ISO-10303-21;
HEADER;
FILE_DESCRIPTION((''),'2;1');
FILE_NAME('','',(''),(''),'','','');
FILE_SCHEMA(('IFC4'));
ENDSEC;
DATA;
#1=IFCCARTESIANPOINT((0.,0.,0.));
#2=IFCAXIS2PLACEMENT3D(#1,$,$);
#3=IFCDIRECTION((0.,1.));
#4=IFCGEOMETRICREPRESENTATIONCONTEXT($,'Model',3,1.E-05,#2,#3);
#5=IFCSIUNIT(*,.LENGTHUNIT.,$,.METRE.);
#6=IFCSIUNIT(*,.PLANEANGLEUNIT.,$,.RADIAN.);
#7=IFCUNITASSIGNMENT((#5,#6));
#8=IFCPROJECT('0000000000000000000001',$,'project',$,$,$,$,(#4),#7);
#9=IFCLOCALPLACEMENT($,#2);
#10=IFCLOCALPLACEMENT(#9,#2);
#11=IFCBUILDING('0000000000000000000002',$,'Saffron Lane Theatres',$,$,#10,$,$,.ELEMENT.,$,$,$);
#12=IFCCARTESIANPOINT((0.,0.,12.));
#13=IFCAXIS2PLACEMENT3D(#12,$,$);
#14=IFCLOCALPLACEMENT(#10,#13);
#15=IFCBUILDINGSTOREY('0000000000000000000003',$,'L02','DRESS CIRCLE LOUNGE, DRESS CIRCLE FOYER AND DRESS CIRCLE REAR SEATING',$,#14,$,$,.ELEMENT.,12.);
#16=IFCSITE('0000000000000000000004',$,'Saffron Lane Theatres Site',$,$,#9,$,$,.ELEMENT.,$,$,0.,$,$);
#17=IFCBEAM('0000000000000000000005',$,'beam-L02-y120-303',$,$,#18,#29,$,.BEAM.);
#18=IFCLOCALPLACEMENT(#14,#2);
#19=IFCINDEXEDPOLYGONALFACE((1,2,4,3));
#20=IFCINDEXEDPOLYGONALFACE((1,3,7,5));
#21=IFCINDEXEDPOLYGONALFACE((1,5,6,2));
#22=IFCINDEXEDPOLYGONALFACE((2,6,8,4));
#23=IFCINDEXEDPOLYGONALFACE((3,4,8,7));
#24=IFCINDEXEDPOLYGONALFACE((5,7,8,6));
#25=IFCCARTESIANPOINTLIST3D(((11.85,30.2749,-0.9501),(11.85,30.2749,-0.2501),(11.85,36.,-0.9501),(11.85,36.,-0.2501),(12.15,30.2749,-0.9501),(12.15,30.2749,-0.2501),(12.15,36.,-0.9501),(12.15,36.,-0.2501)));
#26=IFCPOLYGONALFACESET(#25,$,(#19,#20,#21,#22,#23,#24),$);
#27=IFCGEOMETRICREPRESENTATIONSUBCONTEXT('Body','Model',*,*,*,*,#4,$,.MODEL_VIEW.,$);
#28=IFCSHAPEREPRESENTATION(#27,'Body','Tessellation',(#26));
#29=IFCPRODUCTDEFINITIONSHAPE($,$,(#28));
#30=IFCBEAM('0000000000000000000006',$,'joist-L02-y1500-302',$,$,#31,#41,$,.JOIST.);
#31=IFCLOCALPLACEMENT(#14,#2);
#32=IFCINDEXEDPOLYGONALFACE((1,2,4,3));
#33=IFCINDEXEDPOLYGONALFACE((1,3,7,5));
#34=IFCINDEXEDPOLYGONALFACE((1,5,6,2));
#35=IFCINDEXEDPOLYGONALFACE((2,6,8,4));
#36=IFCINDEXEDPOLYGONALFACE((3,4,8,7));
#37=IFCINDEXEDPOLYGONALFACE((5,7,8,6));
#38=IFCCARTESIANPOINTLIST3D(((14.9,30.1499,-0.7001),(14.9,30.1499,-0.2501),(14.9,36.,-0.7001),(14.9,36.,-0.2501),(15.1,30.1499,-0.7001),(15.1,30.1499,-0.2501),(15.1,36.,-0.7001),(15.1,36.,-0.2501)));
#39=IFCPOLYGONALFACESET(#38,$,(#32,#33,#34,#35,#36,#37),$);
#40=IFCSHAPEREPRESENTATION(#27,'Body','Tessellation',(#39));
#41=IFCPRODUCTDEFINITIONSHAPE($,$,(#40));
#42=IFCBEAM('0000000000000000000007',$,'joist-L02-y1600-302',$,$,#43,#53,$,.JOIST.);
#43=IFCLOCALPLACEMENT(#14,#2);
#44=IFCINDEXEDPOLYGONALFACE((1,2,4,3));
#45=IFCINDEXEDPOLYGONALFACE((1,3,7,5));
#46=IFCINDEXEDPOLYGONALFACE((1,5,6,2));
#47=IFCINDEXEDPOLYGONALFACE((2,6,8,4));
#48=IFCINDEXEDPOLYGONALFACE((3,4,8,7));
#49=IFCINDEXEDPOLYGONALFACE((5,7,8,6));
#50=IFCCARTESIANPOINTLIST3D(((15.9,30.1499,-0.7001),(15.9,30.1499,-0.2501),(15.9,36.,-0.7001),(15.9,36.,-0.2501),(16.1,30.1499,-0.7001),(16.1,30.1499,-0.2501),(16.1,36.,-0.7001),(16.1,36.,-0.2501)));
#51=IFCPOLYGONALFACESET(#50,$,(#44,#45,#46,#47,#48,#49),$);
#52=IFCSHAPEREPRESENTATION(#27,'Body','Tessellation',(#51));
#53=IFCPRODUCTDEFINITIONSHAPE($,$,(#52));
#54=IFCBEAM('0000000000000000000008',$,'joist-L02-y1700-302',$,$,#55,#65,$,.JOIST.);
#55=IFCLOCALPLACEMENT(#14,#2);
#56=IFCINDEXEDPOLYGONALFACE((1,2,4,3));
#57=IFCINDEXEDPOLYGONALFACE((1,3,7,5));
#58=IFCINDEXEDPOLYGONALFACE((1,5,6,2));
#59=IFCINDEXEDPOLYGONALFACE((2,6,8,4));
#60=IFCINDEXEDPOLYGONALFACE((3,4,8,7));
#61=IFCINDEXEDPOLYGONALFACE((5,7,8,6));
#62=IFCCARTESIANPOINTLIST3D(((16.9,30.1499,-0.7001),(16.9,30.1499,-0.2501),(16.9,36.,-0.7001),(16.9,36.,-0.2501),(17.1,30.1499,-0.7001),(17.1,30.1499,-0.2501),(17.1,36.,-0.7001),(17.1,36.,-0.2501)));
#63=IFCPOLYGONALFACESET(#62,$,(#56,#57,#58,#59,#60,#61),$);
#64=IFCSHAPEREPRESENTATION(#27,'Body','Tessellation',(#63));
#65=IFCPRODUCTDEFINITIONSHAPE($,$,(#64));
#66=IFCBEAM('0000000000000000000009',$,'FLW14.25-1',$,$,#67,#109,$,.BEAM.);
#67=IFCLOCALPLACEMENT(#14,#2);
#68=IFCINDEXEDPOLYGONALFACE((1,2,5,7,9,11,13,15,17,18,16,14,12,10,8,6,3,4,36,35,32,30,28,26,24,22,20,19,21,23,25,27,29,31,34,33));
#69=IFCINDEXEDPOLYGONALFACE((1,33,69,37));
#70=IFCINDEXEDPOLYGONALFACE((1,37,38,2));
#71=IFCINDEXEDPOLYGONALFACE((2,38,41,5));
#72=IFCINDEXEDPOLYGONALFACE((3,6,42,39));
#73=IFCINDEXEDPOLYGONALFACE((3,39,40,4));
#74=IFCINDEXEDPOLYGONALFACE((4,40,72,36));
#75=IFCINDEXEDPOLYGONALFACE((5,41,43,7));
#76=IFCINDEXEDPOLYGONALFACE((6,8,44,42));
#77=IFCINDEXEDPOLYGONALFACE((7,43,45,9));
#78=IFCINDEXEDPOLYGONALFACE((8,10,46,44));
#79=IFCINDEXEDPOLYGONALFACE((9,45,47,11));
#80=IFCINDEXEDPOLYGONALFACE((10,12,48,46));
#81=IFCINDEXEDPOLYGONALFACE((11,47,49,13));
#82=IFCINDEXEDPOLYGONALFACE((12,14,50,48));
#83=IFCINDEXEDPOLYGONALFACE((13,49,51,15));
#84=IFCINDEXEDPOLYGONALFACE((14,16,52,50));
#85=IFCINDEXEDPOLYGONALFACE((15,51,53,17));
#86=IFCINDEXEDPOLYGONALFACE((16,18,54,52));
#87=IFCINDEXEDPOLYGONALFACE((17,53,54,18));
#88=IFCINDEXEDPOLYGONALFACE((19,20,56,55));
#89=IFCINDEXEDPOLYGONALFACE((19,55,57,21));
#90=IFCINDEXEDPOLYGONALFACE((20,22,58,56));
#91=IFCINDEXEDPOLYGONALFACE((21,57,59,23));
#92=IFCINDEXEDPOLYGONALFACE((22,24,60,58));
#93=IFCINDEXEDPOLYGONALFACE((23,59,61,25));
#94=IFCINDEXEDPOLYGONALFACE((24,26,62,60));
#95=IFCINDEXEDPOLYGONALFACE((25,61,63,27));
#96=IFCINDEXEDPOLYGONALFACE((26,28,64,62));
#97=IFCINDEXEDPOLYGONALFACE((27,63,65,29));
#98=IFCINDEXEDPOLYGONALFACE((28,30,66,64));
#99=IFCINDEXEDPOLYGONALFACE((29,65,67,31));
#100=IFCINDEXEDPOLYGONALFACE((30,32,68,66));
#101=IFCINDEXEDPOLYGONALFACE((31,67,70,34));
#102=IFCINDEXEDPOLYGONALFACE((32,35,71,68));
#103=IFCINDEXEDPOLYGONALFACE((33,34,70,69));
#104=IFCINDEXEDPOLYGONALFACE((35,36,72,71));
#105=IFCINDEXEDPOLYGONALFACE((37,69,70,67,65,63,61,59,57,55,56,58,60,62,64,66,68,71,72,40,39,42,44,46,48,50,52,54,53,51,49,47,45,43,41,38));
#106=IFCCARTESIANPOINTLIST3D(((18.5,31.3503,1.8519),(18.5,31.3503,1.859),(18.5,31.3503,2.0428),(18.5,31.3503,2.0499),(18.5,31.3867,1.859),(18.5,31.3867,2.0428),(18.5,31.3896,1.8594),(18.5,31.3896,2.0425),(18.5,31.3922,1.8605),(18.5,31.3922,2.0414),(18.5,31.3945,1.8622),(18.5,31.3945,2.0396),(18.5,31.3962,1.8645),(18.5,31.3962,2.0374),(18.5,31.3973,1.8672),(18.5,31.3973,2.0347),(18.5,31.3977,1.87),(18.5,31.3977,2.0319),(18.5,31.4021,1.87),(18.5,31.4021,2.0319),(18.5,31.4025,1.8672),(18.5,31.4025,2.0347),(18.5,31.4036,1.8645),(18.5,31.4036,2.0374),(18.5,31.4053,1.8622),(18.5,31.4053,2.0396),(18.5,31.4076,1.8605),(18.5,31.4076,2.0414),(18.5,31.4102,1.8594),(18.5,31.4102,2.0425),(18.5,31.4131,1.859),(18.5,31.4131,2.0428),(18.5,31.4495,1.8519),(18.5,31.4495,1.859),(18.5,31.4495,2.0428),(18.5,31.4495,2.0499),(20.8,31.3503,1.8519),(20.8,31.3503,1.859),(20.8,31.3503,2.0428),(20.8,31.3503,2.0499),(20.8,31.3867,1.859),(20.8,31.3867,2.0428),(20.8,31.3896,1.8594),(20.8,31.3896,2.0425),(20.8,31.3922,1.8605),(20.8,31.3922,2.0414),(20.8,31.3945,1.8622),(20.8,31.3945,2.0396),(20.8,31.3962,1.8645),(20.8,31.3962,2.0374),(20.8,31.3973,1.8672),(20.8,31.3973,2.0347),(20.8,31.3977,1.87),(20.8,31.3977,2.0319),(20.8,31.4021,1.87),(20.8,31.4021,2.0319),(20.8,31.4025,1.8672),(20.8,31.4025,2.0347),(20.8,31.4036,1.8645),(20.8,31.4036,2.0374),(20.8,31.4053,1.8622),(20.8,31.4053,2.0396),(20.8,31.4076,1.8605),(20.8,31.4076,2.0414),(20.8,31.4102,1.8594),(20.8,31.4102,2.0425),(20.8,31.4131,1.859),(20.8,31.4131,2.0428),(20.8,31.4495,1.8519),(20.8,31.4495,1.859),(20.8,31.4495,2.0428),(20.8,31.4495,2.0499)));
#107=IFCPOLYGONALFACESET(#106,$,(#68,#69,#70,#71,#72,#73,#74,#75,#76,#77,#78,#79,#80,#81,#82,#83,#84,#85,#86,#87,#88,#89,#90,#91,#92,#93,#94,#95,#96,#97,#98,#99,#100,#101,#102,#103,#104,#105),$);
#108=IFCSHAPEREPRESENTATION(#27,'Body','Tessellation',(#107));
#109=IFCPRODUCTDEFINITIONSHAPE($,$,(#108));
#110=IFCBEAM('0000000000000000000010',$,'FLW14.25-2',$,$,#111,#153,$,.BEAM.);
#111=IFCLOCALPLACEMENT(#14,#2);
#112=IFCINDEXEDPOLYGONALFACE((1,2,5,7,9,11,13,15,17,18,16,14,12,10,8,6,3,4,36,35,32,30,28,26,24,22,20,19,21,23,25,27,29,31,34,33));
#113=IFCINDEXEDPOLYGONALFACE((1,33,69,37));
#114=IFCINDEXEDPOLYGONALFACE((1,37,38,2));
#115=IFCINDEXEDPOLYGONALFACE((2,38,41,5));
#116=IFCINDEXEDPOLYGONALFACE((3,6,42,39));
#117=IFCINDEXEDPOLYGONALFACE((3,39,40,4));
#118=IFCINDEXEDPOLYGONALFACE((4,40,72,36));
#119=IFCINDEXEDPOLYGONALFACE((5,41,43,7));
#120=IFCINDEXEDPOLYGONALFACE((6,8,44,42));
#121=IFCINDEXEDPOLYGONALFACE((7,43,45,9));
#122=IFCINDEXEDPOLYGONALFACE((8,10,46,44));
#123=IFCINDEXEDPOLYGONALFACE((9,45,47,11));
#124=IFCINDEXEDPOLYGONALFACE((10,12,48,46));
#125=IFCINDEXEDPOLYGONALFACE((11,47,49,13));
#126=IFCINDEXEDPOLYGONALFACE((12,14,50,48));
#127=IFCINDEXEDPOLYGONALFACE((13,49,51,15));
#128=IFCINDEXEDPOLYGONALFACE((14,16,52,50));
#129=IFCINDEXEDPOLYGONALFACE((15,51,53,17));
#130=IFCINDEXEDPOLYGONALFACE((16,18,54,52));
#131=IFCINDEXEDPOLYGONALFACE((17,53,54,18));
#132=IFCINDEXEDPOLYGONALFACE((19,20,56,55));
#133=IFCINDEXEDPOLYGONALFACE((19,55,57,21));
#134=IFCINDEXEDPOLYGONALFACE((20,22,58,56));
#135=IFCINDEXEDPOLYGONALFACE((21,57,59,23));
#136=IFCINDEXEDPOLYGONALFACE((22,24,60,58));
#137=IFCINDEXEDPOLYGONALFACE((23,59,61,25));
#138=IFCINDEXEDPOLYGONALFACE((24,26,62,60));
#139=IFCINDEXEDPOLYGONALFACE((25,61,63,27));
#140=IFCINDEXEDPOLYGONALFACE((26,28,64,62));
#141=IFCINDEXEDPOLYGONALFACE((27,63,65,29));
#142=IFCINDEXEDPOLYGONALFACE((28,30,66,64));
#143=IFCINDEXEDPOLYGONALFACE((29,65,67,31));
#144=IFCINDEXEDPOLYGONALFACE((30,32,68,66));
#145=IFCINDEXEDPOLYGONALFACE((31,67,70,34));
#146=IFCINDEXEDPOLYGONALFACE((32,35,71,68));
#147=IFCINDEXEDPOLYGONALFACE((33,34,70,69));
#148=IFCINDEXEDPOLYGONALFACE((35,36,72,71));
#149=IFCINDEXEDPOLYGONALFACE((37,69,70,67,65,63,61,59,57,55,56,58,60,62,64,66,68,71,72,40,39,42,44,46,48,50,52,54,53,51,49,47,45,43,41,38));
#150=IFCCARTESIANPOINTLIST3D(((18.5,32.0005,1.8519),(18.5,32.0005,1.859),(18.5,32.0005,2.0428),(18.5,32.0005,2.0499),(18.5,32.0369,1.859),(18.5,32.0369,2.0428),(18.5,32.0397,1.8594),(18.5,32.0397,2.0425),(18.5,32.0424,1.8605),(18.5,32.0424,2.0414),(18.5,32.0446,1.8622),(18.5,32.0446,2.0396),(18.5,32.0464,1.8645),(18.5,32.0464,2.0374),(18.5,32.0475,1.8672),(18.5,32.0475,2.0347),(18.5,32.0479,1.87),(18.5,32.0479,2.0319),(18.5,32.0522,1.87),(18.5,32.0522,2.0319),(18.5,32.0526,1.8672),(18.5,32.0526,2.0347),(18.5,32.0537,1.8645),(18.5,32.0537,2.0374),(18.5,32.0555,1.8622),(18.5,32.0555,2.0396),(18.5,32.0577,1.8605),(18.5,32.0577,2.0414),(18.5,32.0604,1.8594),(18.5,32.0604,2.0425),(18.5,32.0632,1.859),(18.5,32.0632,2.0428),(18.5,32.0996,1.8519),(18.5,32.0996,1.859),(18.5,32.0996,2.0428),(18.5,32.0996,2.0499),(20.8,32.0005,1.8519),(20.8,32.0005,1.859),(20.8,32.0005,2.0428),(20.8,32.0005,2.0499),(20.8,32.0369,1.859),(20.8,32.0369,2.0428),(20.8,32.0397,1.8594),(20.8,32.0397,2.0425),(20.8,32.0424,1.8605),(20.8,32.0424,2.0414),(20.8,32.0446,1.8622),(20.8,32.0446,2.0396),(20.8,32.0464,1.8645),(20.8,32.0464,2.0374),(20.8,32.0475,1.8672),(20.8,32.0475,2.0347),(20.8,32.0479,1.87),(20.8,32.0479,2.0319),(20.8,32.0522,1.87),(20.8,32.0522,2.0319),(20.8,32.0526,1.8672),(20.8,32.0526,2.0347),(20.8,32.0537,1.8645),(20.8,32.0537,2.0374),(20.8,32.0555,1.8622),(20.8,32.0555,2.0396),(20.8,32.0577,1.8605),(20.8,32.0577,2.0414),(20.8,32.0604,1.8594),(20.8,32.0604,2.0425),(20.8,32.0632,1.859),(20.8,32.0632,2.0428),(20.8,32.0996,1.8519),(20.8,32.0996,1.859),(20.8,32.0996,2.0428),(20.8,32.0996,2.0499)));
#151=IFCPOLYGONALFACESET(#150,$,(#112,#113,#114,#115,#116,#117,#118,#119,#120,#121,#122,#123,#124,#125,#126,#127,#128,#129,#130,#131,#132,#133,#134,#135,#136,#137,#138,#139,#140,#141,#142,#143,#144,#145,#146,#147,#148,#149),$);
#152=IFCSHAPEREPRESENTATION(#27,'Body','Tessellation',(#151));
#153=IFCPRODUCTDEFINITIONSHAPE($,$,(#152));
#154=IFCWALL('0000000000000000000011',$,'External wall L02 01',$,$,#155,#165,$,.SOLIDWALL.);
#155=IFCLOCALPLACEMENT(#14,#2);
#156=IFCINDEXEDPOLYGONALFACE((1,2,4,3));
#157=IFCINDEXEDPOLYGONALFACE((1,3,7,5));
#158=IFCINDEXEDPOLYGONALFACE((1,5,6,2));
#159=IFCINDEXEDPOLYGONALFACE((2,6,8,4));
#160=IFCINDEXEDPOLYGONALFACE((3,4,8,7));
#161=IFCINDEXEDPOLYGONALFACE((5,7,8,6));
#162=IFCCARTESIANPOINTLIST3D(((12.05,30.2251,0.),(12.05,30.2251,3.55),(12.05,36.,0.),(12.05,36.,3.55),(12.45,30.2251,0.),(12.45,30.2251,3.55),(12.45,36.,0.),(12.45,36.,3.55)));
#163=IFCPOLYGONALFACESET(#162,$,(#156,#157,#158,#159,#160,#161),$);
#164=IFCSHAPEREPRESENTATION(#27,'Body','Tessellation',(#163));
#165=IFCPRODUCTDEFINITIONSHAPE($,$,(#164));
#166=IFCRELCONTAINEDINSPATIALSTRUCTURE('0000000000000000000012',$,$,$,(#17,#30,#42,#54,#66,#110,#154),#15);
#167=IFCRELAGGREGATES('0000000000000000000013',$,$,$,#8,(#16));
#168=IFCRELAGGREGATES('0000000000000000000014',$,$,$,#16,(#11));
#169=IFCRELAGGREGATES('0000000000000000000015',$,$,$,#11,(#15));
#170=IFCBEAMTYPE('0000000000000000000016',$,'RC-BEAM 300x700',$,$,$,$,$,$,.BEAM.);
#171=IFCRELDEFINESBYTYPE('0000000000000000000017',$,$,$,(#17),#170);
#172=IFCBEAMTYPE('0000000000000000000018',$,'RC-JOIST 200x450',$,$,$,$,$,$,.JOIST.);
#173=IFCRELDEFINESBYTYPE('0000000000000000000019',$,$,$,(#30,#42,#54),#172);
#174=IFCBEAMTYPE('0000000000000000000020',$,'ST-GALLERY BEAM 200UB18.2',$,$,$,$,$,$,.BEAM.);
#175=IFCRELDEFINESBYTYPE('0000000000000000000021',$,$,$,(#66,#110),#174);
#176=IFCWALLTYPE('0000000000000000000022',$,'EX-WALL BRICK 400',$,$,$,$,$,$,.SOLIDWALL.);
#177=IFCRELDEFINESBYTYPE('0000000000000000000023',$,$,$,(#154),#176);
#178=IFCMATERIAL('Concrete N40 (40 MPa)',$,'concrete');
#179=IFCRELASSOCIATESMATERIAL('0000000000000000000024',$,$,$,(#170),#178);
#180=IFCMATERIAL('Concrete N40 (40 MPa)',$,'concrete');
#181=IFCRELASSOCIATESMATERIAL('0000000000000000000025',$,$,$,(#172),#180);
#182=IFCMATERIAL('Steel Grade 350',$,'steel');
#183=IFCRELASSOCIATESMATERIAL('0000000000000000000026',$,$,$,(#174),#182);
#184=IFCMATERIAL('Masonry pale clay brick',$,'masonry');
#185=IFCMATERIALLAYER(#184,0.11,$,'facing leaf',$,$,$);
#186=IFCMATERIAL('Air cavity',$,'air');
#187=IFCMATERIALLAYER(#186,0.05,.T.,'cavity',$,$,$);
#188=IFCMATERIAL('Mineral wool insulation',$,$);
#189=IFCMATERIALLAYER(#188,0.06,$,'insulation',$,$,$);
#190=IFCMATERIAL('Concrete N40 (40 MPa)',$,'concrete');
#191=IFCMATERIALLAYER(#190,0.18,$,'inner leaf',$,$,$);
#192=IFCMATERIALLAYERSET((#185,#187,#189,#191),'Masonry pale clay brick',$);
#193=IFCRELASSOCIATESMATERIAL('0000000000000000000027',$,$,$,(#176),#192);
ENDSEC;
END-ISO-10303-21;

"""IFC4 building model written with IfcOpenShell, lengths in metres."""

from ifc_helpers import new_model, si_unit, direction, frame, frame_2d, origin, origin_2d, place, context, subcontext, project, spatial, rectangle, i_section, extrude, material, layer, layer_set, material_profile, profile_set, type_object, element, save


model = new_model("IFC4")

# Units and contexts
model_context = context("Model", 3, precision=1e-05, world=origin(), true_north=direction((0.0, 1.0)))
body_context = subcontext(model_context, "Body", "Model", "MODEL_VIEW")
ifc_project = project(units=[si_unit("LENGTHUNIT", "METRE"), si_unit("PLANEANGLEUNIT", "RADIAN")], contexts=[model_context])

# Site, building, storey
site_placement = place(None, origin())
site = spatial("IfcSite", under=ifc_project, at=site_placement, Name="Saffron Lane Theatres Site", CompositionType="ELEMENT", RefElevation=0.0)
building_placement = place(site_placement, origin())
building = spatial("IfcBuilding", under=site, at=building_placement, Name="Saffron Lane Theatres", CompositionType="ELEMENT")
storey_placement = place(building_placement, frame((0.0, 0.0, 12.0)))
storey = spatial("IfcBuildingStorey", under=building, at=storey_placement, Name="L02", Description="DRESS CIRCLE LOUNGE, DRESS CIRCLE FOYER AND DRESS CIRCLE REAR SEATING", CompositionType="ELEMENT", Elevation=12.0)

# Beams
ifc_material_1 = material(Name="Concrete N40 (40 MPa)", Category="concrete")
ifc_material_profile_1 = material_profile(ifc_material_1, rectangle(XDim=0.3, YDim=0.7, at=origin_2d()))
ifc_profile_set_1 = profile_set([ifc_material_profile_1], Name="Concrete N40 (40 MPa)")
beam_type_1 = type_object("IfcBeamType", Name="RC-BEAM 300x700", PredefinedType="BEAM", material=ifc_profile_set_1)
beam_placement = place(storey_placement, frame((12.0, 30.2749, -0.6001), z_axis=(0.0, 1.0, 0.0), x_axis=(-1.0, 0.0, 0.0)))
element("IfcBeam", 1, at=beam_placement, inside=storey, type_object=beam_type_1, Name="beam-L02-y120-303", PredefinedType="BEAM", context=body_context, shape_type="SweptSolid", body=[
    extrude(rectangle(XDim=0.3, YDim=0.7, at=origin_2d()), origin(), (0.0, 0.0, 1.0), 5.7251),
])
ifc_material_2 = material(Name="Concrete N40 (40 MPa)", Category="concrete")
ifc_material_profile_2 = material_profile(ifc_material_2, rectangle(XDim=0.2, YDim=0.45, at=origin_2d()))
ifc_profile_set_2 = profile_set([ifc_material_profile_2], Name="Concrete N40 (40 MPa)")
beam_type_2 = type_object("IfcBeamType", Name="RC-JOIST 200x450", PredefinedType="JOIST", material=ifc_profile_set_2)
for number, where, z_axis, x_axis, name in (
    (2, (15.0, 30.1499, -0.4751), (0.0, 1.0, 0.0), (-1.0, 0.0, 0.0), "joist-L02-y1500-302"),
    (3, (16.0, 30.1499, -0.4751), (0.0, 1.0, 0.0), (-1.0, 0.0, 0.0), "joist-L02-y1600-302"),
    (4, (17.0, 30.1499, -0.4751), (0.0, 1.0, 0.0), (-1.0, 0.0, 0.0), "joist-L02-y1700-302"),
):
    element("IfcBeam", number, at=place(storey_placement, frame(where, z_axis=z_axis, x_axis=x_axis)), inside=storey, type_object=beam_type_2, Name=name, PredefinedType="JOIST", context=body_context, shape_type="SweptSolid", body=[
        extrude(rectangle(XDim=0.2, YDim=0.45, at=origin_2d()), origin(), (0.0, 0.0, 1.0), 5.8501),
    ])
ifc_material_3 = material(Name="Steel Grade 350", Category="steel")
ifc_material_profile_3 = material_profile(ifc_material_3, i_section(OverallWidth=0.0991, OverallDepth=0.198, WebThickness=0.0044, FlangeThickness=0.0071, FilletRadius=0.011, at=origin_2d()))
ifc_profile_set_3 = profile_set([ifc_material_profile_3], Name="Steel Grade 350")
beam_type_3 = type_object("IfcBeamType", Name="ST-GALLERY BEAM 200UB18.2", PredefinedType="BEAM", material=ifc_profile_set_3)
for number, where, z_axis, x_axis, name in (
    (5, (18.5, 31.3999, 1.9509), (1.0, 0.0, 0.0), (0.0, 1.0, 0.0), "FLW14.25-1"),
    (6, (18.5, 32.05, 1.9509), (1.0, 0.0, 0.0), (0.0, 1.0, 0.0), "FLW14.25-2"),
):
    element("IfcBeam", number, at=place(storey_placement, frame(where, z_axis=z_axis, x_axis=x_axis)), inside=storey, type_object=beam_type_3, Name=name, PredefinedType="BEAM", context=body_context, shape_type="SweptSolid", body=[
        extrude(i_section(OverallWidth=0.0991, OverallDepth=0.198, WebThickness=0.0044, FlangeThickness=0.0071, FilletRadius=0.011, at=origin_2d()), origin(), (0.0, 0.0, 1.0), 2.3),
    ])

# Wall
ifc_material_4 = material(Name="Masonry pale clay brick", Category="masonry")
ifc_layer_1 = layer(ifc_material_4, 0.11, Name="facing leaf")
ifc_material_5 = material(Name="Air cavity", Category="air")
ifc_layer_2 = layer(ifc_material_5, 0.05, ventilated=True, Name="cavity")
ifc_material_6 = material(Name="Mineral wool insulation")
ifc_layer_3 = layer(ifc_material_6, 0.06, Name="insulation")
ifc_material_7 = material(Name="Concrete N40 (40 MPa)", Category="concrete")
ifc_layer_4 = layer(ifc_material_7, 0.18, Name="inner leaf")
ifc_layer_set_1 = layer_set([ifc_layer_1, ifc_layer_2, ifc_layer_3, ifc_layer_4], Name="Masonry pale clay brick")
wall_type_1 = type_object("IfcWallType", Name="EX-WALL BRICK 400", PredefinedType="SOLIDWALL", material=ifc_layer_set_1)
wall_1_placement = place(storey_placement, frame((12.25, 30.2251, 0.0), z_axis=(0.0, 0.0, 1.0), x_axis=(0.0, 1.0, 0.0)))
element("IfcWall", 7, at=wall_1_placement, inside=storey, type_object=wall_type_1, Name="External wall L02 01", PredefinedType="SOLIDWALL", context=body_context, shape_type="SweptSolid", body=[
    extrude(rectangle(XDim=5.7749, YDim=0.3999, at=frame_2d((2.8875, 0.0))), origin(), (0.0, 0.0, 1.0), 3.55),
])

save(model, "model.ifc")
